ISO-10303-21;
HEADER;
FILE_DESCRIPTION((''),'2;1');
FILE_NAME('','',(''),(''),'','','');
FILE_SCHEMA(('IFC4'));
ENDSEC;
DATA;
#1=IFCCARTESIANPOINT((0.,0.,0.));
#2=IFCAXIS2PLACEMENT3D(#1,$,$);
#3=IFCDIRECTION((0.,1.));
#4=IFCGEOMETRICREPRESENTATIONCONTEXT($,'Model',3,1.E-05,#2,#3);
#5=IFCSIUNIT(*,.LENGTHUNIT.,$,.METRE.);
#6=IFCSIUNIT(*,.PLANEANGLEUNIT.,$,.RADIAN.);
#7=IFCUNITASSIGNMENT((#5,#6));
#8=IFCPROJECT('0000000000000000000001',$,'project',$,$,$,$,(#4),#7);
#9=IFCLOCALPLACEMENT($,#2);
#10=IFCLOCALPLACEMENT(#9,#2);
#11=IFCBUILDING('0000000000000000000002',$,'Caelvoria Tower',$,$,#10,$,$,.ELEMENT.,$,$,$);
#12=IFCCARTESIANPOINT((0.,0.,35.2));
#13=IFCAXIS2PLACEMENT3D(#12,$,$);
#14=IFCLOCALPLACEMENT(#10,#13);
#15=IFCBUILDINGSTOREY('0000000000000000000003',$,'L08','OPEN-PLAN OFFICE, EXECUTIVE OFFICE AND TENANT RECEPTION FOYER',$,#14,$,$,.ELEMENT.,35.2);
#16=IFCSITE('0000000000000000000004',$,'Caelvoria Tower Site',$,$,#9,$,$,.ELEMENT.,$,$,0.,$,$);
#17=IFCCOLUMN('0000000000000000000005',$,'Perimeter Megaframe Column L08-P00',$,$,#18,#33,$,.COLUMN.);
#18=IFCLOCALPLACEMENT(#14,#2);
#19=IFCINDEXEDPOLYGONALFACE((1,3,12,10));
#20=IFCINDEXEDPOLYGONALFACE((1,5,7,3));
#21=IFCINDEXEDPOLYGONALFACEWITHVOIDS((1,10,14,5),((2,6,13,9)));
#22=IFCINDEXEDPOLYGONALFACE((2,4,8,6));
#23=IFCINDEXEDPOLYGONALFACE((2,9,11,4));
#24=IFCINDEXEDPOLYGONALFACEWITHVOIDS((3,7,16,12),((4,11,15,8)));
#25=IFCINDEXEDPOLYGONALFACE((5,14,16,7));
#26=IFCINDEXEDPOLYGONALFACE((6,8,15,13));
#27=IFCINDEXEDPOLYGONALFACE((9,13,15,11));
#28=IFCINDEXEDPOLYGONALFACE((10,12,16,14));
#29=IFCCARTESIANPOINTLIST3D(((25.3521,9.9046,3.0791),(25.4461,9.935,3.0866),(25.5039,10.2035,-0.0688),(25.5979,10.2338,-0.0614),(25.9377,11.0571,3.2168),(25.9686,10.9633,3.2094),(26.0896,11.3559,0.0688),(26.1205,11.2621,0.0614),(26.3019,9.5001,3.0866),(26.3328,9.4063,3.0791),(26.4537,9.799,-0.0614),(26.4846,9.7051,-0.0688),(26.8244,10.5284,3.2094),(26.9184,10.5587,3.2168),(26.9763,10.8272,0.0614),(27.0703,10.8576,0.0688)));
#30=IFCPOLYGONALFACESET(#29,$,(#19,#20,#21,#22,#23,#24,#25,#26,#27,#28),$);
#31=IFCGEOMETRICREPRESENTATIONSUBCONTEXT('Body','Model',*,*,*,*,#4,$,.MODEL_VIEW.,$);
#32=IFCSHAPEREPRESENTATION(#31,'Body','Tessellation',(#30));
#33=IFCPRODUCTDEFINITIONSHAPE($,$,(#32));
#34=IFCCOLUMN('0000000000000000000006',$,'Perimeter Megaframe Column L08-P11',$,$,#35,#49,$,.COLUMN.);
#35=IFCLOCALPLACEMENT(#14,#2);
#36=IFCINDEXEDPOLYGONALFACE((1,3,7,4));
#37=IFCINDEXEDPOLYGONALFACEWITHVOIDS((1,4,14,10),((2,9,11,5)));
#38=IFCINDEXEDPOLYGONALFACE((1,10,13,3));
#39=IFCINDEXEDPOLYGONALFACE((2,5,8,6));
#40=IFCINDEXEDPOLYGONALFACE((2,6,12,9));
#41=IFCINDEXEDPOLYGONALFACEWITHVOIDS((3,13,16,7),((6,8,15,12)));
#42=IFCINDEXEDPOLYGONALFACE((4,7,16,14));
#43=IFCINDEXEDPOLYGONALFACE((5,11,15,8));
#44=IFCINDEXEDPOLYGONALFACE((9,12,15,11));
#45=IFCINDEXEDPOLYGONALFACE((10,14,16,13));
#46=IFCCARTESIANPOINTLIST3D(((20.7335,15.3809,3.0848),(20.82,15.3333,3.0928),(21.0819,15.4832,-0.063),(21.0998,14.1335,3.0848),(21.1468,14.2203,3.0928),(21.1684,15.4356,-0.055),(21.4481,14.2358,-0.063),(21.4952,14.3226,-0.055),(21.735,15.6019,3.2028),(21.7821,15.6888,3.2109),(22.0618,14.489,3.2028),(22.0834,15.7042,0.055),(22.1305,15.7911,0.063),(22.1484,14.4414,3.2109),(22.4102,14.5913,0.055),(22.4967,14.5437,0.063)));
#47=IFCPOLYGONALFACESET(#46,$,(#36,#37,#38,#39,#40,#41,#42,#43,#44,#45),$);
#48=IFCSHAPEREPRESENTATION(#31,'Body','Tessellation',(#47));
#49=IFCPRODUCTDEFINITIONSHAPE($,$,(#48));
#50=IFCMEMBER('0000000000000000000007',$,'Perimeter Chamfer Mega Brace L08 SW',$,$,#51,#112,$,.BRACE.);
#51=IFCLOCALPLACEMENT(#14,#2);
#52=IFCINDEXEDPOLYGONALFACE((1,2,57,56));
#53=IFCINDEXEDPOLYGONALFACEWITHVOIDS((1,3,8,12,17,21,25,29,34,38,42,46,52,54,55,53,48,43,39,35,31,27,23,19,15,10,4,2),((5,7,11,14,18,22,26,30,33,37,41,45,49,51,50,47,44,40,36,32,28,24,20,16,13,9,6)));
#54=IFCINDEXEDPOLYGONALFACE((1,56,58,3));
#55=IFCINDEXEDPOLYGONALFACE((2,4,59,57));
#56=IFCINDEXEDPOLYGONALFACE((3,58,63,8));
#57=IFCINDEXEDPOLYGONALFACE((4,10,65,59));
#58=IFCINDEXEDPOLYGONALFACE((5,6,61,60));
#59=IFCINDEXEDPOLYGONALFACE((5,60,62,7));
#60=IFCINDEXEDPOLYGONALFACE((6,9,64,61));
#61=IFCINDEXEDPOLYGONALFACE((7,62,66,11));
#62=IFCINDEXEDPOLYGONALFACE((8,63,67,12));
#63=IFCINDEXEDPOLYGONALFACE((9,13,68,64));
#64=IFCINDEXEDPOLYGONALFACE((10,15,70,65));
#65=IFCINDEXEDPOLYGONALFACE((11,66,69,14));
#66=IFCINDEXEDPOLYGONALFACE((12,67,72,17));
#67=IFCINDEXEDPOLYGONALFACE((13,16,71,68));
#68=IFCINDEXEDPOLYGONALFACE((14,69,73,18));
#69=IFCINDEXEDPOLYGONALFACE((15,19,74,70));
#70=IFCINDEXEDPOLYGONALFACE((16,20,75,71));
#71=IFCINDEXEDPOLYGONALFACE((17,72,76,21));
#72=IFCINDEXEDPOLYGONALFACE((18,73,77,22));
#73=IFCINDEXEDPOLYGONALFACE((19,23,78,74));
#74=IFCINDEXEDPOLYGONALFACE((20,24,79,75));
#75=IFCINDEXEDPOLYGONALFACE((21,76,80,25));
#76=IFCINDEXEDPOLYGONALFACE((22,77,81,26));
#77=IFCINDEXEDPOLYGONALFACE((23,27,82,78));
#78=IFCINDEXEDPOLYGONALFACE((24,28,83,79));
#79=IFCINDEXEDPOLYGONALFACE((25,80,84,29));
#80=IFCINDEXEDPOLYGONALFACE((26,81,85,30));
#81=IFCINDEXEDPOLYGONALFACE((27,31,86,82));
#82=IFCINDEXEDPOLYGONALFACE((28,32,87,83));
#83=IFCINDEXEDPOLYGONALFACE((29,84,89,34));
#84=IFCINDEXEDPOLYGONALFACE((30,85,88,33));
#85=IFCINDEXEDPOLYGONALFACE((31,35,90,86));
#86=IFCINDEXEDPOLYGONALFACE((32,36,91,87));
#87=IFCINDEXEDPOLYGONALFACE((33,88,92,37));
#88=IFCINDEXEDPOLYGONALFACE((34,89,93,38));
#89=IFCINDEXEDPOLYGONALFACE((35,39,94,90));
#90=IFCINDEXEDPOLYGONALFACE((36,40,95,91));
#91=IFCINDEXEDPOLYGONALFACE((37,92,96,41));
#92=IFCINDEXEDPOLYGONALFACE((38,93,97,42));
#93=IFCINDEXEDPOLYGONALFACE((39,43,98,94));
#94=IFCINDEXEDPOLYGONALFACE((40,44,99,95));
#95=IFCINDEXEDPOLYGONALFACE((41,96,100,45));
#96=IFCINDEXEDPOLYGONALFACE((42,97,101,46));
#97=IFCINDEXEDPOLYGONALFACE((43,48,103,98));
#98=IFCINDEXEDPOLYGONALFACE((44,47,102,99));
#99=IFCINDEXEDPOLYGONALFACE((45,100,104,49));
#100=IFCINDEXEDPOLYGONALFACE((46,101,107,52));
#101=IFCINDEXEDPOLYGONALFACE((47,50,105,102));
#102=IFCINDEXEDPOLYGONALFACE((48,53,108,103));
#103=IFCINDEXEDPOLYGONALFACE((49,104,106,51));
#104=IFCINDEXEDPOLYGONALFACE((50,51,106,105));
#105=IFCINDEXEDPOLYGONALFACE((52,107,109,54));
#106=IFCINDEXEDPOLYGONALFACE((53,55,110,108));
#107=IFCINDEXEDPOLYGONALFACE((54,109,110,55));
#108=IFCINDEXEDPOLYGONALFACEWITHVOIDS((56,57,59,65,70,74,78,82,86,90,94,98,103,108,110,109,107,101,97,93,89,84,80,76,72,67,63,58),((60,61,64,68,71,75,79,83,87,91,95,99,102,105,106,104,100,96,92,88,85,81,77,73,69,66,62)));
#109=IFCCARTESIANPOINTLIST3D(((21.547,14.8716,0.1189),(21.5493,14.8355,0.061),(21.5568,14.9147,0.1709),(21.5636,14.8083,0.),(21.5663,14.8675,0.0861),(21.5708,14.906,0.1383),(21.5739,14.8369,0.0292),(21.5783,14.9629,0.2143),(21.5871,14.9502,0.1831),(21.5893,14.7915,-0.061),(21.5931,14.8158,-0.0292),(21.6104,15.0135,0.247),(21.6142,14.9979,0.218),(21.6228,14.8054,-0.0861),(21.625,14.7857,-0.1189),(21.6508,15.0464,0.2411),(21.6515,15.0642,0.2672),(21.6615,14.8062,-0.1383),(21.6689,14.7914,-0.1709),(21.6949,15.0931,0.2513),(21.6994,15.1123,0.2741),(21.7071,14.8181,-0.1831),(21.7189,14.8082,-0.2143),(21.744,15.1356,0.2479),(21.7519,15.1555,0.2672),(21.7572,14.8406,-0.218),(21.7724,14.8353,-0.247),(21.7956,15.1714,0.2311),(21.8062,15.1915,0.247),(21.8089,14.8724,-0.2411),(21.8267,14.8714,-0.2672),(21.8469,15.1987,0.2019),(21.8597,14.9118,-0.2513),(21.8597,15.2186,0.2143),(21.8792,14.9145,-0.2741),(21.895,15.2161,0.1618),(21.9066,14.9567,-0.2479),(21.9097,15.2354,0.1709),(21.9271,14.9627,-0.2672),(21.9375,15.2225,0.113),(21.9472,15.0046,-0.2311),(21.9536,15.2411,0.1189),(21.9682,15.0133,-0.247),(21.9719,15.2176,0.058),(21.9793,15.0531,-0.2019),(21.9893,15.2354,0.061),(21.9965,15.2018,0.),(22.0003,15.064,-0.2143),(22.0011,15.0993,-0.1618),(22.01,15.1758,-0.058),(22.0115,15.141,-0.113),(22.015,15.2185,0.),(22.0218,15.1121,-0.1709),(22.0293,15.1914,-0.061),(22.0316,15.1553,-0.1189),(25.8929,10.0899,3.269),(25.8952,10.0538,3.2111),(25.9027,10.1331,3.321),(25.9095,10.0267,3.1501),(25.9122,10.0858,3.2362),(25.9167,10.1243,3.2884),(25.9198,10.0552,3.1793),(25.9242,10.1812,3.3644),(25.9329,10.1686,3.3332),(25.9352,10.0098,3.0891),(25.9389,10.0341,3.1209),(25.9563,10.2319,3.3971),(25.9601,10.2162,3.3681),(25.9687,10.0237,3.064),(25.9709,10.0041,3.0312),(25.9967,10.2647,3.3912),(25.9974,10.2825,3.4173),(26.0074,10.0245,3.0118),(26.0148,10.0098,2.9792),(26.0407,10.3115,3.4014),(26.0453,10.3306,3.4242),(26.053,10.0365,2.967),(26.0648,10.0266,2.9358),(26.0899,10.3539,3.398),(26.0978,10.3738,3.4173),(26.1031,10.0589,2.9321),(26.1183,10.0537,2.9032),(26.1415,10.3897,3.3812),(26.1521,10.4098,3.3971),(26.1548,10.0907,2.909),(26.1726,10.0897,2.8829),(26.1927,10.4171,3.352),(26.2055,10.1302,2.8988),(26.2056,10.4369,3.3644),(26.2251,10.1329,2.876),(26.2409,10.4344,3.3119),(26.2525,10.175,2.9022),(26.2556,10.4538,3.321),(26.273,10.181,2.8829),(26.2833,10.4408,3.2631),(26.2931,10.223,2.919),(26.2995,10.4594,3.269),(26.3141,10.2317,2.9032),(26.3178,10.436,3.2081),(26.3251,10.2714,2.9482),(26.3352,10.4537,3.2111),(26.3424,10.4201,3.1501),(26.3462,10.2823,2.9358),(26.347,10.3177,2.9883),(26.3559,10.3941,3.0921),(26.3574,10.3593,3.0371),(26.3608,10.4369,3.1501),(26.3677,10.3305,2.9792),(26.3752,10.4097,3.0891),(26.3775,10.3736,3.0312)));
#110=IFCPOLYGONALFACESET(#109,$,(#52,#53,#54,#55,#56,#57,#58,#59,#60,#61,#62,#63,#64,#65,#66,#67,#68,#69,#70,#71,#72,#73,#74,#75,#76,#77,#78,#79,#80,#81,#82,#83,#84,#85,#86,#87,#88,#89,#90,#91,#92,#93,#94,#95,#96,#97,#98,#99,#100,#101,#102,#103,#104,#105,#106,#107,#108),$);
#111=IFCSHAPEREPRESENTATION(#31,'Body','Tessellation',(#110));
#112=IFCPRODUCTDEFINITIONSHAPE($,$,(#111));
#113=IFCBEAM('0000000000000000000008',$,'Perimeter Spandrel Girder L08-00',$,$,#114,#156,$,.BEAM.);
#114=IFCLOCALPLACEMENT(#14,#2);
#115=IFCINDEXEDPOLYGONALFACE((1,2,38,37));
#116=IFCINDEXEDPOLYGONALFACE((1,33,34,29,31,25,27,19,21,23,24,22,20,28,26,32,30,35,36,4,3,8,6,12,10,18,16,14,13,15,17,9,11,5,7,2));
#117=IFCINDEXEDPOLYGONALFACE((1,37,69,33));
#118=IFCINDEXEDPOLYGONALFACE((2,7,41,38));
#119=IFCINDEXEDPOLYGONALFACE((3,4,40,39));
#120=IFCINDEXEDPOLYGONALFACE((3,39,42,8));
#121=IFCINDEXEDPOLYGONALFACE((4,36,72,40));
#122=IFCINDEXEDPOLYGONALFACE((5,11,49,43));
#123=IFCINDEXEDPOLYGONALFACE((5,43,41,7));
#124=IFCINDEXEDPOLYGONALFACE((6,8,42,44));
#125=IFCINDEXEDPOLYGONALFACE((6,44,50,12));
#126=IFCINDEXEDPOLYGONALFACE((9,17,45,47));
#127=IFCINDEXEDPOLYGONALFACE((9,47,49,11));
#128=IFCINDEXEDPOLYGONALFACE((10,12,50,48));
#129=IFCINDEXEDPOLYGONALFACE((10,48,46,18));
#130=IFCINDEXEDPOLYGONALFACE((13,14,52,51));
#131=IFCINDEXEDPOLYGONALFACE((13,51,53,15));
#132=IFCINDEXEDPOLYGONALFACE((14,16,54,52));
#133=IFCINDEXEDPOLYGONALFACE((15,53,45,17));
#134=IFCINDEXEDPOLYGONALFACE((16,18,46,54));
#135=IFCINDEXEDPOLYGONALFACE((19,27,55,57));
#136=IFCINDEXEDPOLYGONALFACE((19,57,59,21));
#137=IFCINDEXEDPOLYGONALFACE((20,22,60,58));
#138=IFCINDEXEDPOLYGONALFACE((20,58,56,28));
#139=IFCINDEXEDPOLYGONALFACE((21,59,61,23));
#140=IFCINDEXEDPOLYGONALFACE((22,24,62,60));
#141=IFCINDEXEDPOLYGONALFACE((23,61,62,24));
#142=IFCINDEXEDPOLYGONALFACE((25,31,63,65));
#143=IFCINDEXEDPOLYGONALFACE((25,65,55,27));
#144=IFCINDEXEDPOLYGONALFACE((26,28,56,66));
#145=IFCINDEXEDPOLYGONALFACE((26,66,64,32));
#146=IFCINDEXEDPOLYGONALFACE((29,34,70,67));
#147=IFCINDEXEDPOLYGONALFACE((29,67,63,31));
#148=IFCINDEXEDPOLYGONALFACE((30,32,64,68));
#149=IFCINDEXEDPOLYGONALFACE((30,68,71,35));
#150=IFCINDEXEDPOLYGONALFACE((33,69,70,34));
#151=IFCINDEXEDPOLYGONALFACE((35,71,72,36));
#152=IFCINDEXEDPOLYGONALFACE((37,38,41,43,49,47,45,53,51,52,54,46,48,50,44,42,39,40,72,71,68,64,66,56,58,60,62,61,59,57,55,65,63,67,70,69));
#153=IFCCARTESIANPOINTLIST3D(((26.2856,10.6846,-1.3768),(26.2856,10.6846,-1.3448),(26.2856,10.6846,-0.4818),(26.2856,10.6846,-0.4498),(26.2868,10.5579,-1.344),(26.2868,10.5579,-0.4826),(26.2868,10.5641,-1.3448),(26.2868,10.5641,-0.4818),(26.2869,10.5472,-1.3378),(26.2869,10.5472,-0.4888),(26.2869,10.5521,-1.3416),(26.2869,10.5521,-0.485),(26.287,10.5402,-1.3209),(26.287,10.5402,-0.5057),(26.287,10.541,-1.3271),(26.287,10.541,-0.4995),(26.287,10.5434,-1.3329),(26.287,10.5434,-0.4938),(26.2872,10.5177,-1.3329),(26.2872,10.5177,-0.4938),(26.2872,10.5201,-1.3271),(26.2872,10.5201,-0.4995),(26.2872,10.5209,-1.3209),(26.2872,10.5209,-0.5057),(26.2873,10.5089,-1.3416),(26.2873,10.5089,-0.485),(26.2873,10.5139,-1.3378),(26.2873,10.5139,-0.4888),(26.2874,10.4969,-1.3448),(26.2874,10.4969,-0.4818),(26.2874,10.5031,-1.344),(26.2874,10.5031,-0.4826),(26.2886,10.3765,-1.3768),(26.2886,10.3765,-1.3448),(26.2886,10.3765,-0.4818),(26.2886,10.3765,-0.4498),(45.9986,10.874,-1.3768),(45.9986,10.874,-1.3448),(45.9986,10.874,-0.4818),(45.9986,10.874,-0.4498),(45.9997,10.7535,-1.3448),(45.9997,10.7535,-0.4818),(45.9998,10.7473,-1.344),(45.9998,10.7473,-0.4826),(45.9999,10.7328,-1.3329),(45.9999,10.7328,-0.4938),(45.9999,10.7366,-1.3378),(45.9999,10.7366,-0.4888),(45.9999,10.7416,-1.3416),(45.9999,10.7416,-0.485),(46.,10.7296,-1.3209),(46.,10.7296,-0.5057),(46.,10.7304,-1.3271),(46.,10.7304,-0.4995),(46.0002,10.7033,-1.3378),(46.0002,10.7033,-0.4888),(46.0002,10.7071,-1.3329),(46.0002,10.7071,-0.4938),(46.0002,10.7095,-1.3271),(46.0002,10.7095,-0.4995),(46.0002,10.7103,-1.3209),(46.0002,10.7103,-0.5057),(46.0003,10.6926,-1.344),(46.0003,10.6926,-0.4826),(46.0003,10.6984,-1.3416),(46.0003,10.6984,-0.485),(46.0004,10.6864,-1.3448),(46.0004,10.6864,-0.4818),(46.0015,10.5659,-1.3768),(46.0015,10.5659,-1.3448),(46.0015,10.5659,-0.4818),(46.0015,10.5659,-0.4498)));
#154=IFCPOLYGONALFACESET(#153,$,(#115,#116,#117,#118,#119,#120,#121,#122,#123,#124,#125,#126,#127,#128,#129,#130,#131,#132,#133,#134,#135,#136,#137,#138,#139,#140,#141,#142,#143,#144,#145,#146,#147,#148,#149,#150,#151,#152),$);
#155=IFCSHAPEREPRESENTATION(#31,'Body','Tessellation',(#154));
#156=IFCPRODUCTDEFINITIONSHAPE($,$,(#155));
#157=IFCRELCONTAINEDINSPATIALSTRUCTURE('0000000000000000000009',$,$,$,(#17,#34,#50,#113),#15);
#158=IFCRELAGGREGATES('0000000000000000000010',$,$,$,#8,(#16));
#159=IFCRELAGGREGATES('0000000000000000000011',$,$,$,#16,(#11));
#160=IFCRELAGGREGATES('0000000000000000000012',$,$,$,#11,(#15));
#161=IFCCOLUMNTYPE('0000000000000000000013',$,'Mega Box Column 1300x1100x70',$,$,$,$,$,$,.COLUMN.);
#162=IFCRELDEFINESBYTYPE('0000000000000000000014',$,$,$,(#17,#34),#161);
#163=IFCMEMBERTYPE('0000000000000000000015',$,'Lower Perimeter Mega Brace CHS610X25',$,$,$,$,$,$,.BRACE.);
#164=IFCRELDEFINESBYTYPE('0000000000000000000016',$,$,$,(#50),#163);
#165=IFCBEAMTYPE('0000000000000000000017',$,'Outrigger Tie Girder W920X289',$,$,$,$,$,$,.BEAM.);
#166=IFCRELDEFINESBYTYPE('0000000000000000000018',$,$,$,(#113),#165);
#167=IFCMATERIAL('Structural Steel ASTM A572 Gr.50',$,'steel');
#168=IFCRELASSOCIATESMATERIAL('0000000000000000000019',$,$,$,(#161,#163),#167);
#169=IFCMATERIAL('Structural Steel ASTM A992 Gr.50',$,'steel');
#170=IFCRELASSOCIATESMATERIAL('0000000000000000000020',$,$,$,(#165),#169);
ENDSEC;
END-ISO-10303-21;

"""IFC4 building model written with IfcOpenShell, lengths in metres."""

from ifc_helpers import new_model, si_unit, direction, frame, origin, origin_2d, place, context, subcontext, project, spatial, hollow_rectangle, hollow_circle, i_section, extrude, material, material_profile, profile_set, type_object, element, save


model = new_model("IFC4")

# Units and contexts
model_context = context("Model", 3, precision=1e-05, world=origin(), true_north=direction((0.0, 1.0)))
body_context = subcontext(model_context, "Body", "Model", "MODEL_VIEW")
ifc_project = project(units=[si_unit("LENGTHUNIT", "METRE"), si_unit("PLANEANGLEUNIT", "RADIAN")], contexts=[model_context])

# Site, building, storey
site_placement = place(None, origin())
site = spatial("IfcSite", under=ifc_project, at=site_placement, Name="Caelvoria Tower Site", CompositionType="ELEMENT", RefElevation=0.0)
building_placement = place(site_placement, origin())
building = spatial("IfcBuilding", under=site, at=building_placement, Name="Caelvoria Tower", CompositionType="ELEMENT")
storey_placement = place(building_placement, frame((0.0, 0.0, 35.2)))
storey = spatial("IfcBuildingStorey", under=building, at=storey_placement, Name="L08", Description="OPEN-PLAN OFFICE, EXECUTIVE OFFICE AND TENANT RECEPTION FOYER", CompositionType="ELEMENT", Elevation=35.2)

# Columns
ifc_material_1 = material(Name="Structural Steel ASTM A572 Gr.50", Category="steel")
ifc_material_profile_1 = material_profile(ifc_material_1, hollow_rectangle(XDim=1.1001, YDim=1.3, WallThickness=0.0701, at=origin_2d()), Name="Structural Steel ASTM A572 Gr.50")
ifc_profile_set_1 = profile_set([ifc_material_profile_1], Name="BOX1300X1100X70 - Structural Steel ASTM A572 Gr.50")
column_type = type_object("IfcColumnType", Name="Mega Box Column 1300x1100x70", PredefinedType="COLUMN", material=ifc_profile_set_1)
column_1_placement = place(storey_placement, frame((26.2871, 10.5305, 0.0), z_axis=(-0.047968, -0.094394, 0.994379), x_axis=(0.891495, -0.453031, 0.0)))
element("IfcColumn", 1, at=column_1_placement, inside=storey, type_object=column_type, Name="Perimeter Megaframe Column L08-P00", PredefinedType="COLUMN", context=body_context, shape_type="SweptSolid", body=[
    extrude(hollow_rectangle(XDim=1.1001, YDim=1.3, WallThickness=0.0701, at=origin_2d()), origin(), (0.0, 0.0, 1.0), 3.1658),
])
column_2_placement = place(storey_placement, frame((21.7893, 15.0134, 0.0), z_axis=(-0.109943, -0.032282, 0.993414), x_axis=(0.953174, 0.279874, 0.114584)))
element("IfcColumn", 2, at=column_2_placement, inside=storey, type_object=column_type, Name="Perimeter Megaframe Column L08-P11", PredefinedType="COLUMN", context=body_context, shape_type="SweptSolid", body=[
    extrude(hollow_rectangle(XDim=1.1001, YDim=1.3, WallThickness=0.0701, at=origin_2d()), origin(), (0.0, 0.0, 1.0), 3.1687),
])

# Member
ifc_material_profile_2 = material_profile(ifc_material_1, hollow_circle(Radius=0.3049, WallThickness=0.0249, at=origin_2d()), Name="Structural Steel ASTM A572 Gr.50")
ifc_profile_set_2 = profile_set([ifc_material_profile_2], Name="CHS610X25 - Structural Steel ASTM A572 Gr.50")
member_type = type_object("IfcMemberType", Name="Lower Perimeter Mega Brace CHS610X25", PredefinedType="BRACE", material=ifc_profile_set_2)
member_placement = place(storey_placement, frame((21.7893, 15.0134, 0.0), z_axis=(0.604563, -0.665185, 0.438215), x_axis=(0.740024, 0.672581, 0.0)))
element("IfcMember", 3, at=member_placement, inside=storey, type_object=member_type, Name="Perimeter Chamfer Mega Brace L08 SW", PredefinedType="BRACE", context=body_context, shape_type="SweptSolid", body=[
    extrude(hollow_circle(Radius=0.3049, WallThickness=0.0249, at=origin_2d()), origin(), (0.0, 0.0, 1.0), 7.1885),
])

# Beam
ifc_material_2 = material(Name="Structural Steel ASTM A992 Gr.50", Category="steel")
ifc_material_profile_3 = material_profile(ifc_material_2, i_section(OverallWidth=0.3081, OverallDepth=0.927, WebThickness=0.0193, FlangeThickness=0.032, FilletRadius=0.0239, at=origin_2d()), Name="Structural Steel ASTM A992 Gr.50")
ifc_profile_set_3 = profile_set([ifc_material_profile_3], Name="W920X289 - Structural Steel ASTM A992 Gr.50")
beam_type = type_object("IfcBeamType", Name="Outrigger Tie Girder W920X289", PredefinedType="BEAM", material=ifc_profile_set_3)
beam_1_placement = place(storey_placement, frame((26.2871, 10.5305, -0.9133), z_axis=(0.999954, 0.00961, 0.0), x_axis=(-0.00961, 0.999954, 0.0)))
element("IfcBeam", 4, at=beam_1_placement, inside=storey, type_object=beam_type, Name="Perimeter Spandrel Girder L08-00", PredefinedType="BEAM", context=body_context, shape_type="SweptSolid", body=[
    extrude(i_section(OverallWidth=0.3081, OverallDepth=0.927, WebThickness=0.0193, FlangeThickness=0.032, FilletRadius=0.0239, at=origin_2d()), origin(), (0.0, 0.0, 1.0), 19.7139),
])

save(model, "model.ifc")
